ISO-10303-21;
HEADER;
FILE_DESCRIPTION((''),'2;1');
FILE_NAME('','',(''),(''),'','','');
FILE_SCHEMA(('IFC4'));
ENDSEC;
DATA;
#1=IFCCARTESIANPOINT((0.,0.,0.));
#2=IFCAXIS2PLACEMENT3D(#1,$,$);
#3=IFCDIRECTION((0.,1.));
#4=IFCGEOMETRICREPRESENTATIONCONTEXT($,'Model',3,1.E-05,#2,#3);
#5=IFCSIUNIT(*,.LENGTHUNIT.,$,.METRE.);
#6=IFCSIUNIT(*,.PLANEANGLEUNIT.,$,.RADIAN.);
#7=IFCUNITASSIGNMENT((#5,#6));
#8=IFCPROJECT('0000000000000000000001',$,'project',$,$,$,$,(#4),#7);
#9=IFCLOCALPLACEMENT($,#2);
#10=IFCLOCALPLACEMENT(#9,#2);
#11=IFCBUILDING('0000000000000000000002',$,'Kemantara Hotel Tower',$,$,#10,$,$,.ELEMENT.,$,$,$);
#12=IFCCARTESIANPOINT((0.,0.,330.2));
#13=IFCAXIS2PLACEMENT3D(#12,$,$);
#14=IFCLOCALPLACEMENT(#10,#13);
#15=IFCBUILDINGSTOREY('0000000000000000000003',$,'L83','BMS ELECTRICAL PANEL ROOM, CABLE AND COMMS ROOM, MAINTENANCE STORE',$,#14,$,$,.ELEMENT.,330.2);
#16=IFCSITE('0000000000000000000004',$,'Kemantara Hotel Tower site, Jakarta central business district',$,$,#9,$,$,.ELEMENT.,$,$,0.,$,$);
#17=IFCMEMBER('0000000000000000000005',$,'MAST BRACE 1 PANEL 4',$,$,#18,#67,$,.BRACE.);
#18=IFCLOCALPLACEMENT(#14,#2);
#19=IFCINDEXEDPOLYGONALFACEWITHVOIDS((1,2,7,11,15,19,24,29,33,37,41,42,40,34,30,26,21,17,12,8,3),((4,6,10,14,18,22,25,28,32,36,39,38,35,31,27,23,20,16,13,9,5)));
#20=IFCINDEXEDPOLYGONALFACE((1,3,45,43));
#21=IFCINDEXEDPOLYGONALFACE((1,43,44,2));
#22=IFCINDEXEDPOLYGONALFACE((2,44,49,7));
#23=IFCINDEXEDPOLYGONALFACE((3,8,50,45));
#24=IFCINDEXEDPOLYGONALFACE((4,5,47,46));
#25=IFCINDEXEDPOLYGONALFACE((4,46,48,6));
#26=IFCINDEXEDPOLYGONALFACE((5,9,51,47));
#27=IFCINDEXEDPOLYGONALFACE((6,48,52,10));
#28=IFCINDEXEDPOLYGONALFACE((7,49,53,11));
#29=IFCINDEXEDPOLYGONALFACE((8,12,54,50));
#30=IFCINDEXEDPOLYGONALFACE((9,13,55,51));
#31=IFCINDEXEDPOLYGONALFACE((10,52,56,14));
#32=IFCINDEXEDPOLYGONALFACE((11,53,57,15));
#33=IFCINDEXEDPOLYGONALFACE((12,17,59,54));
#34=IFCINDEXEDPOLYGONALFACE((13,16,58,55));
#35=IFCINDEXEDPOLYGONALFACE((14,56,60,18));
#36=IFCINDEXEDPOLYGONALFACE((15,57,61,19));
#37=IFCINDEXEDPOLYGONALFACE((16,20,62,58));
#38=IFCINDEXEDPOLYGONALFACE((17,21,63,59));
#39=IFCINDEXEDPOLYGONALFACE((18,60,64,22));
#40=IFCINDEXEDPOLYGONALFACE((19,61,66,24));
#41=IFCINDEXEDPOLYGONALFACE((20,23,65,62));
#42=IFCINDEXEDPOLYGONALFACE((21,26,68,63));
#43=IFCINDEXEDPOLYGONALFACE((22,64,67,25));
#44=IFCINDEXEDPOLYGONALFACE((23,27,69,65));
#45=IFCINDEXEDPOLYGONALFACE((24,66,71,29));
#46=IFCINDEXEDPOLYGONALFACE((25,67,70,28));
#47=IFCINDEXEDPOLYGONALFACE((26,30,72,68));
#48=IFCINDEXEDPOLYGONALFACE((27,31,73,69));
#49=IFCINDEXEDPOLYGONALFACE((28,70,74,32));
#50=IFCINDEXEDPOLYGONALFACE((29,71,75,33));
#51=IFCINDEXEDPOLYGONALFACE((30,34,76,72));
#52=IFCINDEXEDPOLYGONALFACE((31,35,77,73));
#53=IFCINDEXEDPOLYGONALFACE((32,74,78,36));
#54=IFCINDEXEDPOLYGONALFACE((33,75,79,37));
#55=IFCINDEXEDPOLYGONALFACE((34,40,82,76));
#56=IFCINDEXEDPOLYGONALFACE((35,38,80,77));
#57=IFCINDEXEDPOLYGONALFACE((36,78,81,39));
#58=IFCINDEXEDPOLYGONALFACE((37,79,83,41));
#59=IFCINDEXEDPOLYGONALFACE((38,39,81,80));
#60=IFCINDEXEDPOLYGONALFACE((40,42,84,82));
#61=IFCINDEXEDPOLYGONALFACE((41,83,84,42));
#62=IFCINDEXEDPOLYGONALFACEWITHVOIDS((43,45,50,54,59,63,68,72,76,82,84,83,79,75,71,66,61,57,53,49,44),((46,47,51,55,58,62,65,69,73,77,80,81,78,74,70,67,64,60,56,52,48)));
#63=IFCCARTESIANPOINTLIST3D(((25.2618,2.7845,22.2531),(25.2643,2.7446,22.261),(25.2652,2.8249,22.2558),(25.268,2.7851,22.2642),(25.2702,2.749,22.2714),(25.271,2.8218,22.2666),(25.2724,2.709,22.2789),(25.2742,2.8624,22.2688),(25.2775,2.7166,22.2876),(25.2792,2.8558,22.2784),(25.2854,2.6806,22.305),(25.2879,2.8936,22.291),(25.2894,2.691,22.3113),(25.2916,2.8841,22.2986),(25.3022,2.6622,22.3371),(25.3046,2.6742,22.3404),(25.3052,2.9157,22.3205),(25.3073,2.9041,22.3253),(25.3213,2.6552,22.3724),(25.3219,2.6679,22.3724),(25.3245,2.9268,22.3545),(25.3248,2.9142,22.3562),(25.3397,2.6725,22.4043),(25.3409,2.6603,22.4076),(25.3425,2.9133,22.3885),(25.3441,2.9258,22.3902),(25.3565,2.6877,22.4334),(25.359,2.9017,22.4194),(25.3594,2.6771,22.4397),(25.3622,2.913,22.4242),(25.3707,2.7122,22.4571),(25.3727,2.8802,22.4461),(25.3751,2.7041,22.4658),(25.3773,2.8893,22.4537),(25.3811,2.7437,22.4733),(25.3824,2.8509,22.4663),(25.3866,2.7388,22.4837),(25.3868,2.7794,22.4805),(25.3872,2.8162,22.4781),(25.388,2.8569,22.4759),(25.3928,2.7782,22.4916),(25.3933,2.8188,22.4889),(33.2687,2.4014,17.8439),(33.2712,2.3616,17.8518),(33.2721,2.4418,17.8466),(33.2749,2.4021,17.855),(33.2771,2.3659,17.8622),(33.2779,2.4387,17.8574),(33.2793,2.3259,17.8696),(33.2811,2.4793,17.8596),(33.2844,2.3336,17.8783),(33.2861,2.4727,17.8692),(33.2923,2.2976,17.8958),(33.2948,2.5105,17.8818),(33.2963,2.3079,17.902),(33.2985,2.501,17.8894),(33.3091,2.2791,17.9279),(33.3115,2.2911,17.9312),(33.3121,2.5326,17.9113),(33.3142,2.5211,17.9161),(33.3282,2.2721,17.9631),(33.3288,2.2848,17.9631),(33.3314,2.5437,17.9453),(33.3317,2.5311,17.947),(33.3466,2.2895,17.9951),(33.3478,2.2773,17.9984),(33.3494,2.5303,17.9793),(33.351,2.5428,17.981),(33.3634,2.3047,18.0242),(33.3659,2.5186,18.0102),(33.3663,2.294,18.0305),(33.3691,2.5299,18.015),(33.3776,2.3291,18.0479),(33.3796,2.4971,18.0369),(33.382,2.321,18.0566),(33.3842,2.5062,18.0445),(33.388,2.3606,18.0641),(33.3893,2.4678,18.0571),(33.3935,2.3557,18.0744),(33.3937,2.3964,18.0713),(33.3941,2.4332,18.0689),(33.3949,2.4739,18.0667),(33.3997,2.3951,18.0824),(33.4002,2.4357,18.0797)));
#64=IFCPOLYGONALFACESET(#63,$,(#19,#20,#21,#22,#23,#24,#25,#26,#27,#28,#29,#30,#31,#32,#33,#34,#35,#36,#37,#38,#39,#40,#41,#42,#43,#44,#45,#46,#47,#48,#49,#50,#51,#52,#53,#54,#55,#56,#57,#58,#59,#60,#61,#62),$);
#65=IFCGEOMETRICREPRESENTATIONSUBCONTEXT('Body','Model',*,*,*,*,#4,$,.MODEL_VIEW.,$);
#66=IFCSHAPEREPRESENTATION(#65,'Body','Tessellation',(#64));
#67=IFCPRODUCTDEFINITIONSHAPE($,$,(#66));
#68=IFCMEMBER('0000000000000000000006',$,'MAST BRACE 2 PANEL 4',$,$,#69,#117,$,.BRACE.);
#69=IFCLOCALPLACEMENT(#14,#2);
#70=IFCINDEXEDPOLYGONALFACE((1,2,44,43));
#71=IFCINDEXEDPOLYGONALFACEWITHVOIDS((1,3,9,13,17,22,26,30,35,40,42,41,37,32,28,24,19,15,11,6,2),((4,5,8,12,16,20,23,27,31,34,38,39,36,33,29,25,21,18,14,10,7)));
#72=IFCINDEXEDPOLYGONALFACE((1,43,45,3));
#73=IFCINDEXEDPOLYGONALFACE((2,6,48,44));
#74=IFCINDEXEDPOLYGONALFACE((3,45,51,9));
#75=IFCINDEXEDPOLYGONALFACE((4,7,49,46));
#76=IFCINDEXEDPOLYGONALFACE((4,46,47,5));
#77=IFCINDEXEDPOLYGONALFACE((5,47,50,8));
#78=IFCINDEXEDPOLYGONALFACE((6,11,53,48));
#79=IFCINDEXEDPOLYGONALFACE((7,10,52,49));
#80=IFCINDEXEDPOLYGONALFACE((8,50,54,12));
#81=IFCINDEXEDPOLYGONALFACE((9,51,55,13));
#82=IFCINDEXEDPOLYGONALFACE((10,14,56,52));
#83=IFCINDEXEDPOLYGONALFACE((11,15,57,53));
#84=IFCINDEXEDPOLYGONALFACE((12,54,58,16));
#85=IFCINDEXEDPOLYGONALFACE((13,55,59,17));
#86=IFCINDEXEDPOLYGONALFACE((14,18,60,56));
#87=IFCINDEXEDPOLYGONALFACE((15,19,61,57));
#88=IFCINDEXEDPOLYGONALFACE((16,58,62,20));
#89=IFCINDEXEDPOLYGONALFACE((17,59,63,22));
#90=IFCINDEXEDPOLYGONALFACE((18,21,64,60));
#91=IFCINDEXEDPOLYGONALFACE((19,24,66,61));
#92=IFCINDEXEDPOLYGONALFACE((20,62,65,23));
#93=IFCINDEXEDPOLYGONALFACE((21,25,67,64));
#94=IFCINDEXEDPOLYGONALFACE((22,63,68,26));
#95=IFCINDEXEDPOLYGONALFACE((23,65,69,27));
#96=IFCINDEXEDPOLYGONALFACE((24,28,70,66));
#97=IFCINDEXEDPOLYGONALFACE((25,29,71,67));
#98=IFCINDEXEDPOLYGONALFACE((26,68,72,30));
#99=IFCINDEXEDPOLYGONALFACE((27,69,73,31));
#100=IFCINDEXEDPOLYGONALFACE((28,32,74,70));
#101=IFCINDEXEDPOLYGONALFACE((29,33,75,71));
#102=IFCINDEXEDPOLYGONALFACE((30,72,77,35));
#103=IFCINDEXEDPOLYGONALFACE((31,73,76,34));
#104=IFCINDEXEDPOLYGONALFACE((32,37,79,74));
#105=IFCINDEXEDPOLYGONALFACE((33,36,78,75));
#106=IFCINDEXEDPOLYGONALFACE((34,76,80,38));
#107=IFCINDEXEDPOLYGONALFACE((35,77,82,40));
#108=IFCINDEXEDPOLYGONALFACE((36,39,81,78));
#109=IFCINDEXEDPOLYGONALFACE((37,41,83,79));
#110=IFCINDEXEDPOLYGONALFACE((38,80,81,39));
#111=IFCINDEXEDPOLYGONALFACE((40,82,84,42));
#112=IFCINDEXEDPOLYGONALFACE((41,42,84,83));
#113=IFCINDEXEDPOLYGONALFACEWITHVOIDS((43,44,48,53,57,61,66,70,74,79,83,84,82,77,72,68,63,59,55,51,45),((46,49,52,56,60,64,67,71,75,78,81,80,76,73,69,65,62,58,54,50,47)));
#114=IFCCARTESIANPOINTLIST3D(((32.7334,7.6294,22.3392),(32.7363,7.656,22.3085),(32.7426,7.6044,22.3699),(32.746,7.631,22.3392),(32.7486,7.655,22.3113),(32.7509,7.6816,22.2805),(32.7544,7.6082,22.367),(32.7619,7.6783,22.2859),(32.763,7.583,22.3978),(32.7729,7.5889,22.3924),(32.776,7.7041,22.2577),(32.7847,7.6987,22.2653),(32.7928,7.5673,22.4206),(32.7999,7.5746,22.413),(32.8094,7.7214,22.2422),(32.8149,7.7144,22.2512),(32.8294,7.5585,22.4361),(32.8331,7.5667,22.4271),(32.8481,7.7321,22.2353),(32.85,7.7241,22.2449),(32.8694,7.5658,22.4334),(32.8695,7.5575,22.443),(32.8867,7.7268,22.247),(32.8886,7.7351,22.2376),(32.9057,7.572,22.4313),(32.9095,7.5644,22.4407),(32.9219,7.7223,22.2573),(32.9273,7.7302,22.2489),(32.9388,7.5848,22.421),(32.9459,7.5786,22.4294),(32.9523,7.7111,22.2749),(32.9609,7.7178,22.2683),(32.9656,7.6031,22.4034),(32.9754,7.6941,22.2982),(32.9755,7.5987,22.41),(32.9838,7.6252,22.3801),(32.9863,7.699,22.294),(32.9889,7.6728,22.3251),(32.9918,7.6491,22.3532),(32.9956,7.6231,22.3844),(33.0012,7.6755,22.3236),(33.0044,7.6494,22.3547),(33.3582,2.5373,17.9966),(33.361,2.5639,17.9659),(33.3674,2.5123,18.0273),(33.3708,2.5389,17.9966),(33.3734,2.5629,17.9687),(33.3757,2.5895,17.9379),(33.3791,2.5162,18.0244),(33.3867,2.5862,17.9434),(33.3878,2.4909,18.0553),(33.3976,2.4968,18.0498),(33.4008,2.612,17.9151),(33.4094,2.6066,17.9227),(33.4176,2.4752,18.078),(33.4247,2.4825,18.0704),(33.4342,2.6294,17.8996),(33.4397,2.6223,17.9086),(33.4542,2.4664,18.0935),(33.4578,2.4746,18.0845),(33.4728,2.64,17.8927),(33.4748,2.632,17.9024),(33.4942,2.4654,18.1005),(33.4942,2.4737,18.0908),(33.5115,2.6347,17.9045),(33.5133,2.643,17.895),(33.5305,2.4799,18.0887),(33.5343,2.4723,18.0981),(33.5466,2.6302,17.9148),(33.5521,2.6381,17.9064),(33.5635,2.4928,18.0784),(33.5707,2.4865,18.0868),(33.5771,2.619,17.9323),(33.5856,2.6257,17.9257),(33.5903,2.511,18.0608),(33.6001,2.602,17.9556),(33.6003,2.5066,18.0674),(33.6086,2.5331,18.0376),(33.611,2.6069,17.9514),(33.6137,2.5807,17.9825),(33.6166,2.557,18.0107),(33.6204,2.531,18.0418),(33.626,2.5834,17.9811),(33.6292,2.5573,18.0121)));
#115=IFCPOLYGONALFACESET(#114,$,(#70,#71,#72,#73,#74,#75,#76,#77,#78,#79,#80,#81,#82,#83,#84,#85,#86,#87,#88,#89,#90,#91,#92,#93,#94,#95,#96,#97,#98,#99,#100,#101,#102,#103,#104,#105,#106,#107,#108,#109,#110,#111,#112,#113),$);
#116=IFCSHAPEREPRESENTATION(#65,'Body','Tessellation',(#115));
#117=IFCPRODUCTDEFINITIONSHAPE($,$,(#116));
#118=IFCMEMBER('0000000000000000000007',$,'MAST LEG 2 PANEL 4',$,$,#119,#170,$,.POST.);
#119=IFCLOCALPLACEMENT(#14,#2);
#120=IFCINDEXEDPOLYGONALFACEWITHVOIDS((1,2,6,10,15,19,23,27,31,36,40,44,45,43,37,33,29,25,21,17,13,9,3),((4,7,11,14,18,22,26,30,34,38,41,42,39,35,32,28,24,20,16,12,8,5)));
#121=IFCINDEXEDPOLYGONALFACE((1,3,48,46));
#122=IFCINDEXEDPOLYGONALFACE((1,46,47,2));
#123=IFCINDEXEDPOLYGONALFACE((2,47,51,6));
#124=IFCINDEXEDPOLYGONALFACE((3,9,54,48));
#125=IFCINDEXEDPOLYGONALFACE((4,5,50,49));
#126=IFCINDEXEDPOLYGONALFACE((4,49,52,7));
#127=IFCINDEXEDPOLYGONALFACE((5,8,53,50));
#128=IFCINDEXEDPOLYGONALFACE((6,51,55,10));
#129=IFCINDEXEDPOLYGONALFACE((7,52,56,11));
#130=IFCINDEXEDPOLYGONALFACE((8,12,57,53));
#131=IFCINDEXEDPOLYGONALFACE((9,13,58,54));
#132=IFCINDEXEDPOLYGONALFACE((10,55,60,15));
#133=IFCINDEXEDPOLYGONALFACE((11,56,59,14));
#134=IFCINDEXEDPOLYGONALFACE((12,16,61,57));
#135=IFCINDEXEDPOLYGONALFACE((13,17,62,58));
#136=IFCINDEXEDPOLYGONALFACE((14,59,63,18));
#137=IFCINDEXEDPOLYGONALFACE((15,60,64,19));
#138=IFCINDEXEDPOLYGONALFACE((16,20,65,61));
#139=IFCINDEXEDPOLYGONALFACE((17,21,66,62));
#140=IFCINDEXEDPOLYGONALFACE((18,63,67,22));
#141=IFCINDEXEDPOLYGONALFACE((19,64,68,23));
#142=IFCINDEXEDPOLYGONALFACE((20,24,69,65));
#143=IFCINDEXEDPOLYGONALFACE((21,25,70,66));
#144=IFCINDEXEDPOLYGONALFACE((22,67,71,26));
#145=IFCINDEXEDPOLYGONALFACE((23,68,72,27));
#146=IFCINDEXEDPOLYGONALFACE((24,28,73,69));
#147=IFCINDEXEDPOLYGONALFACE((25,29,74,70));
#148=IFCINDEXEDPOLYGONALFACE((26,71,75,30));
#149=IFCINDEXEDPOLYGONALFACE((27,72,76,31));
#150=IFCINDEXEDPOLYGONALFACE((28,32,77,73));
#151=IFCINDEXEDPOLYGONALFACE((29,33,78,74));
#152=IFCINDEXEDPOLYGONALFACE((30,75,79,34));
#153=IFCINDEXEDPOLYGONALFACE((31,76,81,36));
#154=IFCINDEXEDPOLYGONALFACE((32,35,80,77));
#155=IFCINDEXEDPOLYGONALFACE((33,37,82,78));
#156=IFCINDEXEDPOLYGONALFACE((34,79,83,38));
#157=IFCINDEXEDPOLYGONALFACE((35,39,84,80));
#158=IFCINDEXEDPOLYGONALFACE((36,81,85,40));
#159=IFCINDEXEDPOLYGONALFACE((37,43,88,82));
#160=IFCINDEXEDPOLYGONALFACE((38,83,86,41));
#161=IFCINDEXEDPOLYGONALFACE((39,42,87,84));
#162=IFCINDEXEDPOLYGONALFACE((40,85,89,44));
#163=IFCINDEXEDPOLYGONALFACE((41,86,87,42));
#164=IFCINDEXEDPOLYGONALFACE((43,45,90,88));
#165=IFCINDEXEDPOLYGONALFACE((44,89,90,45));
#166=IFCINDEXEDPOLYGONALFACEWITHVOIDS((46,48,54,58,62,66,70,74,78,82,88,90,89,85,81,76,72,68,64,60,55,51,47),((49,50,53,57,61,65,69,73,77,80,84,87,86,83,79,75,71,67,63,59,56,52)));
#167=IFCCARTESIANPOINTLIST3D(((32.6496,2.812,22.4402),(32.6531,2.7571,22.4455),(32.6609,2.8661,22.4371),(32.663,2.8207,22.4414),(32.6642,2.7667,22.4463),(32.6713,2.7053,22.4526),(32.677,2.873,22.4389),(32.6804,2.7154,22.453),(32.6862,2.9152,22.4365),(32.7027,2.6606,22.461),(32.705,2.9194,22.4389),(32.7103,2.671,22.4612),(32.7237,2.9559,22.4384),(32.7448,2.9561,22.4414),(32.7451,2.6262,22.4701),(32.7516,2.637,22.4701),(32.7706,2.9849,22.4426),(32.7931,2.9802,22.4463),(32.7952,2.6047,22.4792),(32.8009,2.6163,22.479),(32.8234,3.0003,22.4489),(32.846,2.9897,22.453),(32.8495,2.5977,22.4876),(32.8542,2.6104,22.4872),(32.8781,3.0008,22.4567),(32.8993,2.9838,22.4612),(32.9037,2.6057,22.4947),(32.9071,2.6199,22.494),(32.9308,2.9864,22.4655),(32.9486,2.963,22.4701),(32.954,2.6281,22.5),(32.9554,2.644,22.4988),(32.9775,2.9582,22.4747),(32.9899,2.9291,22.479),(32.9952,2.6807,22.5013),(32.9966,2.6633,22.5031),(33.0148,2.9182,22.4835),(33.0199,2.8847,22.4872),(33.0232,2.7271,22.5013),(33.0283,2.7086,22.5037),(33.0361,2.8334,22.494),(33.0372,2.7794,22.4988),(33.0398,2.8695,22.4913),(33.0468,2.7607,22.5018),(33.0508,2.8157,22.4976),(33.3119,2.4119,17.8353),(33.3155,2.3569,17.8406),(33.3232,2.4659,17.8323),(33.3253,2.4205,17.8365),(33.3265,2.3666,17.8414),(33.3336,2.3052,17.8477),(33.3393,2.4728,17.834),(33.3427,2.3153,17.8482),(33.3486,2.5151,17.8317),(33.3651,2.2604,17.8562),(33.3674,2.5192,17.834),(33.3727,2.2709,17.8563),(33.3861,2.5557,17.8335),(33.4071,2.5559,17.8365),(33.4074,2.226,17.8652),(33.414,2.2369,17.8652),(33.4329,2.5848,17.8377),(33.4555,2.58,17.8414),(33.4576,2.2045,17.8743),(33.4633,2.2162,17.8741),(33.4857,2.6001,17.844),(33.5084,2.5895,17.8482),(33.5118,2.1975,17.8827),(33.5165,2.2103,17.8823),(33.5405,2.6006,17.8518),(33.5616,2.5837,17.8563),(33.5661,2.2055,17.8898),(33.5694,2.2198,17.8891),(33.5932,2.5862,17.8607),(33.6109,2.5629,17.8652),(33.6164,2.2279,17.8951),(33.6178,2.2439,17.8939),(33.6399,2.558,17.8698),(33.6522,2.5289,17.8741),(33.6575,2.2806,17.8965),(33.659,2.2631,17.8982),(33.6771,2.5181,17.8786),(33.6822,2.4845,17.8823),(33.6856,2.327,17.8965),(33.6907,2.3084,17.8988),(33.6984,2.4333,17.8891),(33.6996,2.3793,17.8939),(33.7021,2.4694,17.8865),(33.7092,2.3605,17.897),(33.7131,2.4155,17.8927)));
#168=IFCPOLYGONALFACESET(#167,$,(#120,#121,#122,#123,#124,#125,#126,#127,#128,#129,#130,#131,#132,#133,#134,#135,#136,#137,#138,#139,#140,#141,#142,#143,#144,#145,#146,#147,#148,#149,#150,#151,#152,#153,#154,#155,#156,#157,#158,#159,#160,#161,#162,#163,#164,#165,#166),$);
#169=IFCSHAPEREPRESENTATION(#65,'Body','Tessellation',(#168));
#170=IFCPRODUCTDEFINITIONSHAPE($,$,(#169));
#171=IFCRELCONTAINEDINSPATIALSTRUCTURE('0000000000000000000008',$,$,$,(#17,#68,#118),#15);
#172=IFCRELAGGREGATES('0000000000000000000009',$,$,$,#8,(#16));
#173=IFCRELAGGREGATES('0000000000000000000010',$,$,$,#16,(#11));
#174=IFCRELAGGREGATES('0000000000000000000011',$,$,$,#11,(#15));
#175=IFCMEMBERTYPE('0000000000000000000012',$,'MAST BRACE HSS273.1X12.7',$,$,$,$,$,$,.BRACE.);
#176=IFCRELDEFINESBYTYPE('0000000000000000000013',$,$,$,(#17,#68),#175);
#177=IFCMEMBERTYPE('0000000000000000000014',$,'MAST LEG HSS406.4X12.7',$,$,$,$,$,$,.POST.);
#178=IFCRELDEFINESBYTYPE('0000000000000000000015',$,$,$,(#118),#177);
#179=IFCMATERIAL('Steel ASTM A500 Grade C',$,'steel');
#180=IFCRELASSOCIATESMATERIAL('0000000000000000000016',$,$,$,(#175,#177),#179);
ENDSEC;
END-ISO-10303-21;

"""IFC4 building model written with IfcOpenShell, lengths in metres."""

from ifc_helpers import new_model, si_unit, direction, frame, origin, origin_2d, place, context, subcontext, project, spatial, hollow_circle, extrude, material, material_profile, profile_set, type_object, element, save


model = new_model("IFC4")

# Units and contexts
model_context = context("Model", 3, precision=1e-05, world=origin(), true_north=direction((0.0, 1.0)))
body_context = subcontext(model_context, "Body", "Model", "MODEL_VIEW")
ifc_project = project(units=[si_unit("LENGTHUNIT", "METRE"), si_unit("PLANEANGLEUNIT", "RADIAN")], contexts=[model_context])

# Site, building, storey
site_placement = place(None, origin())
site = spatial("IfcSite", under=ifc_project, at=site_placement, Name="Kemantara Hotel Tower site, Jakarta central business district", CompositionType="ELEMENT", RefElevation=0.0)
building_placement = place(site_placement, origin())
building = spatial("IfcBuilding", under=site, at=building_placement, Name="Kemantara Hotel Tower", CompositionType="ELEMENT")
storey_placement = place(building_placement, frame((0.0, 0.0, 330.2)))
storey = spatial("IfcBuildingStorey", under=building, at=storey_placement, Name="L83", Description="BMS ELECTRICAL PANEL ROOM, CABLE AND COMMS ROOM, MAINTENANCE STORE", CompositionType="ELEMENT", Elevation=330.2)

# Members
ifc_material_1 = material(Name="Steel ASTM A500 Grade C", Category="steel")
ifc_material_profile_1 = material_profile(ifc_material_1, hollow_circle(Radius=0.1365, WallThickness=0.0127, at=origin_2d()), Name="HSS273.1X12.7")
ifc_profile_set_1 = profile_set([ifc_material_profile_1], Name="Steel ASTM A500 Grade C")
member_type_1 = type_object("IfcMemberType", Name="MAST BRACE HSS273.1X12.7", PredefinedType="BRACE", material=ifc_profile_set_1)
member_1_placement = place(storey_placement, frame((33.3347, 2.4084, 17.9631), z_axis=(-0.875197, 0.04187, 0.481951), x_axis=(-0.047787, -0.998858, 0.0)))
element("IfcMember", 1, at=member_1_placement, inside=storey, type_object=member_type_1, Name="MAST BRACE 1 PANEL 4", PredefinedType="BRACE", context=body_context, shape_type="SweptSolid", body=[
    extrude(hollow_circle(Radius=0.1365, WallThickness=0.0127, at=origin_2d()), origin(), (0.0, 0.0, 1.0), 9.1487),
])
member_2_placement = place(storey_placement, frame((33.4937, 2.554, 17.9966), z_axis=(-0.092951, 0.75759, 0.646078), x_axis=(-0.992557, -0.121779, 0.0)))
element("IfcMember", 2, at=member_2_placement, inside=storey, type_object=member_type_1, Name="MAST BRACE 2 PANEL 4", PredefinedType="BRACE", context=body_context, shape_type="SweptSolid", body=[
    extrude(hollow_circle(Radius=0.1365, WallThickness=0.0127, at=origin_2d()), origin(), (0.0, 0.0, 1.0), 6.7214),
])
ifc_material_profile_2 = material_profile(ifc_material_1, hollow_circle(Radius=0.2031, WallThickness=0.0127, at=origin_2d()), Name="HSS406.4X12.7")
ifc_profile_set_2 = profile_set([ifc_material_profile_2], Name="Steel ASTM A500 Grade C")
member_type_2 = type_object("IfcMemberType", Name="MAST LEG HSS406.4X12.7", PredefinedType="POST", material=ifc_profile_set_2)
for number, where, z_axis, x_axis, name in (
    (3, (33.5125, 2.3999, 17.8652), (-0.141845, 0.085693, 0.986173), (-0.517092, -0.85593, 0.0), "MAST LEG 2 PANEL 4"),
):
    element("IfcMember", number, at=place(storey_placement, frame(where, z_axis=z_axis, x_axis=x_axis)), inside=storey, type_object=member_type_2, Name=name, PredefinedType="POST", context=body_context, shape_type="SweptSolid", body=[
        extrude(hollow_circle(Radius=0.2031, WallThickness=0.0127, at=origin_2d()), origin(), (0.0, 0.0, 1.0), 4.6694),
    ])

save(model, "model.ifc")
